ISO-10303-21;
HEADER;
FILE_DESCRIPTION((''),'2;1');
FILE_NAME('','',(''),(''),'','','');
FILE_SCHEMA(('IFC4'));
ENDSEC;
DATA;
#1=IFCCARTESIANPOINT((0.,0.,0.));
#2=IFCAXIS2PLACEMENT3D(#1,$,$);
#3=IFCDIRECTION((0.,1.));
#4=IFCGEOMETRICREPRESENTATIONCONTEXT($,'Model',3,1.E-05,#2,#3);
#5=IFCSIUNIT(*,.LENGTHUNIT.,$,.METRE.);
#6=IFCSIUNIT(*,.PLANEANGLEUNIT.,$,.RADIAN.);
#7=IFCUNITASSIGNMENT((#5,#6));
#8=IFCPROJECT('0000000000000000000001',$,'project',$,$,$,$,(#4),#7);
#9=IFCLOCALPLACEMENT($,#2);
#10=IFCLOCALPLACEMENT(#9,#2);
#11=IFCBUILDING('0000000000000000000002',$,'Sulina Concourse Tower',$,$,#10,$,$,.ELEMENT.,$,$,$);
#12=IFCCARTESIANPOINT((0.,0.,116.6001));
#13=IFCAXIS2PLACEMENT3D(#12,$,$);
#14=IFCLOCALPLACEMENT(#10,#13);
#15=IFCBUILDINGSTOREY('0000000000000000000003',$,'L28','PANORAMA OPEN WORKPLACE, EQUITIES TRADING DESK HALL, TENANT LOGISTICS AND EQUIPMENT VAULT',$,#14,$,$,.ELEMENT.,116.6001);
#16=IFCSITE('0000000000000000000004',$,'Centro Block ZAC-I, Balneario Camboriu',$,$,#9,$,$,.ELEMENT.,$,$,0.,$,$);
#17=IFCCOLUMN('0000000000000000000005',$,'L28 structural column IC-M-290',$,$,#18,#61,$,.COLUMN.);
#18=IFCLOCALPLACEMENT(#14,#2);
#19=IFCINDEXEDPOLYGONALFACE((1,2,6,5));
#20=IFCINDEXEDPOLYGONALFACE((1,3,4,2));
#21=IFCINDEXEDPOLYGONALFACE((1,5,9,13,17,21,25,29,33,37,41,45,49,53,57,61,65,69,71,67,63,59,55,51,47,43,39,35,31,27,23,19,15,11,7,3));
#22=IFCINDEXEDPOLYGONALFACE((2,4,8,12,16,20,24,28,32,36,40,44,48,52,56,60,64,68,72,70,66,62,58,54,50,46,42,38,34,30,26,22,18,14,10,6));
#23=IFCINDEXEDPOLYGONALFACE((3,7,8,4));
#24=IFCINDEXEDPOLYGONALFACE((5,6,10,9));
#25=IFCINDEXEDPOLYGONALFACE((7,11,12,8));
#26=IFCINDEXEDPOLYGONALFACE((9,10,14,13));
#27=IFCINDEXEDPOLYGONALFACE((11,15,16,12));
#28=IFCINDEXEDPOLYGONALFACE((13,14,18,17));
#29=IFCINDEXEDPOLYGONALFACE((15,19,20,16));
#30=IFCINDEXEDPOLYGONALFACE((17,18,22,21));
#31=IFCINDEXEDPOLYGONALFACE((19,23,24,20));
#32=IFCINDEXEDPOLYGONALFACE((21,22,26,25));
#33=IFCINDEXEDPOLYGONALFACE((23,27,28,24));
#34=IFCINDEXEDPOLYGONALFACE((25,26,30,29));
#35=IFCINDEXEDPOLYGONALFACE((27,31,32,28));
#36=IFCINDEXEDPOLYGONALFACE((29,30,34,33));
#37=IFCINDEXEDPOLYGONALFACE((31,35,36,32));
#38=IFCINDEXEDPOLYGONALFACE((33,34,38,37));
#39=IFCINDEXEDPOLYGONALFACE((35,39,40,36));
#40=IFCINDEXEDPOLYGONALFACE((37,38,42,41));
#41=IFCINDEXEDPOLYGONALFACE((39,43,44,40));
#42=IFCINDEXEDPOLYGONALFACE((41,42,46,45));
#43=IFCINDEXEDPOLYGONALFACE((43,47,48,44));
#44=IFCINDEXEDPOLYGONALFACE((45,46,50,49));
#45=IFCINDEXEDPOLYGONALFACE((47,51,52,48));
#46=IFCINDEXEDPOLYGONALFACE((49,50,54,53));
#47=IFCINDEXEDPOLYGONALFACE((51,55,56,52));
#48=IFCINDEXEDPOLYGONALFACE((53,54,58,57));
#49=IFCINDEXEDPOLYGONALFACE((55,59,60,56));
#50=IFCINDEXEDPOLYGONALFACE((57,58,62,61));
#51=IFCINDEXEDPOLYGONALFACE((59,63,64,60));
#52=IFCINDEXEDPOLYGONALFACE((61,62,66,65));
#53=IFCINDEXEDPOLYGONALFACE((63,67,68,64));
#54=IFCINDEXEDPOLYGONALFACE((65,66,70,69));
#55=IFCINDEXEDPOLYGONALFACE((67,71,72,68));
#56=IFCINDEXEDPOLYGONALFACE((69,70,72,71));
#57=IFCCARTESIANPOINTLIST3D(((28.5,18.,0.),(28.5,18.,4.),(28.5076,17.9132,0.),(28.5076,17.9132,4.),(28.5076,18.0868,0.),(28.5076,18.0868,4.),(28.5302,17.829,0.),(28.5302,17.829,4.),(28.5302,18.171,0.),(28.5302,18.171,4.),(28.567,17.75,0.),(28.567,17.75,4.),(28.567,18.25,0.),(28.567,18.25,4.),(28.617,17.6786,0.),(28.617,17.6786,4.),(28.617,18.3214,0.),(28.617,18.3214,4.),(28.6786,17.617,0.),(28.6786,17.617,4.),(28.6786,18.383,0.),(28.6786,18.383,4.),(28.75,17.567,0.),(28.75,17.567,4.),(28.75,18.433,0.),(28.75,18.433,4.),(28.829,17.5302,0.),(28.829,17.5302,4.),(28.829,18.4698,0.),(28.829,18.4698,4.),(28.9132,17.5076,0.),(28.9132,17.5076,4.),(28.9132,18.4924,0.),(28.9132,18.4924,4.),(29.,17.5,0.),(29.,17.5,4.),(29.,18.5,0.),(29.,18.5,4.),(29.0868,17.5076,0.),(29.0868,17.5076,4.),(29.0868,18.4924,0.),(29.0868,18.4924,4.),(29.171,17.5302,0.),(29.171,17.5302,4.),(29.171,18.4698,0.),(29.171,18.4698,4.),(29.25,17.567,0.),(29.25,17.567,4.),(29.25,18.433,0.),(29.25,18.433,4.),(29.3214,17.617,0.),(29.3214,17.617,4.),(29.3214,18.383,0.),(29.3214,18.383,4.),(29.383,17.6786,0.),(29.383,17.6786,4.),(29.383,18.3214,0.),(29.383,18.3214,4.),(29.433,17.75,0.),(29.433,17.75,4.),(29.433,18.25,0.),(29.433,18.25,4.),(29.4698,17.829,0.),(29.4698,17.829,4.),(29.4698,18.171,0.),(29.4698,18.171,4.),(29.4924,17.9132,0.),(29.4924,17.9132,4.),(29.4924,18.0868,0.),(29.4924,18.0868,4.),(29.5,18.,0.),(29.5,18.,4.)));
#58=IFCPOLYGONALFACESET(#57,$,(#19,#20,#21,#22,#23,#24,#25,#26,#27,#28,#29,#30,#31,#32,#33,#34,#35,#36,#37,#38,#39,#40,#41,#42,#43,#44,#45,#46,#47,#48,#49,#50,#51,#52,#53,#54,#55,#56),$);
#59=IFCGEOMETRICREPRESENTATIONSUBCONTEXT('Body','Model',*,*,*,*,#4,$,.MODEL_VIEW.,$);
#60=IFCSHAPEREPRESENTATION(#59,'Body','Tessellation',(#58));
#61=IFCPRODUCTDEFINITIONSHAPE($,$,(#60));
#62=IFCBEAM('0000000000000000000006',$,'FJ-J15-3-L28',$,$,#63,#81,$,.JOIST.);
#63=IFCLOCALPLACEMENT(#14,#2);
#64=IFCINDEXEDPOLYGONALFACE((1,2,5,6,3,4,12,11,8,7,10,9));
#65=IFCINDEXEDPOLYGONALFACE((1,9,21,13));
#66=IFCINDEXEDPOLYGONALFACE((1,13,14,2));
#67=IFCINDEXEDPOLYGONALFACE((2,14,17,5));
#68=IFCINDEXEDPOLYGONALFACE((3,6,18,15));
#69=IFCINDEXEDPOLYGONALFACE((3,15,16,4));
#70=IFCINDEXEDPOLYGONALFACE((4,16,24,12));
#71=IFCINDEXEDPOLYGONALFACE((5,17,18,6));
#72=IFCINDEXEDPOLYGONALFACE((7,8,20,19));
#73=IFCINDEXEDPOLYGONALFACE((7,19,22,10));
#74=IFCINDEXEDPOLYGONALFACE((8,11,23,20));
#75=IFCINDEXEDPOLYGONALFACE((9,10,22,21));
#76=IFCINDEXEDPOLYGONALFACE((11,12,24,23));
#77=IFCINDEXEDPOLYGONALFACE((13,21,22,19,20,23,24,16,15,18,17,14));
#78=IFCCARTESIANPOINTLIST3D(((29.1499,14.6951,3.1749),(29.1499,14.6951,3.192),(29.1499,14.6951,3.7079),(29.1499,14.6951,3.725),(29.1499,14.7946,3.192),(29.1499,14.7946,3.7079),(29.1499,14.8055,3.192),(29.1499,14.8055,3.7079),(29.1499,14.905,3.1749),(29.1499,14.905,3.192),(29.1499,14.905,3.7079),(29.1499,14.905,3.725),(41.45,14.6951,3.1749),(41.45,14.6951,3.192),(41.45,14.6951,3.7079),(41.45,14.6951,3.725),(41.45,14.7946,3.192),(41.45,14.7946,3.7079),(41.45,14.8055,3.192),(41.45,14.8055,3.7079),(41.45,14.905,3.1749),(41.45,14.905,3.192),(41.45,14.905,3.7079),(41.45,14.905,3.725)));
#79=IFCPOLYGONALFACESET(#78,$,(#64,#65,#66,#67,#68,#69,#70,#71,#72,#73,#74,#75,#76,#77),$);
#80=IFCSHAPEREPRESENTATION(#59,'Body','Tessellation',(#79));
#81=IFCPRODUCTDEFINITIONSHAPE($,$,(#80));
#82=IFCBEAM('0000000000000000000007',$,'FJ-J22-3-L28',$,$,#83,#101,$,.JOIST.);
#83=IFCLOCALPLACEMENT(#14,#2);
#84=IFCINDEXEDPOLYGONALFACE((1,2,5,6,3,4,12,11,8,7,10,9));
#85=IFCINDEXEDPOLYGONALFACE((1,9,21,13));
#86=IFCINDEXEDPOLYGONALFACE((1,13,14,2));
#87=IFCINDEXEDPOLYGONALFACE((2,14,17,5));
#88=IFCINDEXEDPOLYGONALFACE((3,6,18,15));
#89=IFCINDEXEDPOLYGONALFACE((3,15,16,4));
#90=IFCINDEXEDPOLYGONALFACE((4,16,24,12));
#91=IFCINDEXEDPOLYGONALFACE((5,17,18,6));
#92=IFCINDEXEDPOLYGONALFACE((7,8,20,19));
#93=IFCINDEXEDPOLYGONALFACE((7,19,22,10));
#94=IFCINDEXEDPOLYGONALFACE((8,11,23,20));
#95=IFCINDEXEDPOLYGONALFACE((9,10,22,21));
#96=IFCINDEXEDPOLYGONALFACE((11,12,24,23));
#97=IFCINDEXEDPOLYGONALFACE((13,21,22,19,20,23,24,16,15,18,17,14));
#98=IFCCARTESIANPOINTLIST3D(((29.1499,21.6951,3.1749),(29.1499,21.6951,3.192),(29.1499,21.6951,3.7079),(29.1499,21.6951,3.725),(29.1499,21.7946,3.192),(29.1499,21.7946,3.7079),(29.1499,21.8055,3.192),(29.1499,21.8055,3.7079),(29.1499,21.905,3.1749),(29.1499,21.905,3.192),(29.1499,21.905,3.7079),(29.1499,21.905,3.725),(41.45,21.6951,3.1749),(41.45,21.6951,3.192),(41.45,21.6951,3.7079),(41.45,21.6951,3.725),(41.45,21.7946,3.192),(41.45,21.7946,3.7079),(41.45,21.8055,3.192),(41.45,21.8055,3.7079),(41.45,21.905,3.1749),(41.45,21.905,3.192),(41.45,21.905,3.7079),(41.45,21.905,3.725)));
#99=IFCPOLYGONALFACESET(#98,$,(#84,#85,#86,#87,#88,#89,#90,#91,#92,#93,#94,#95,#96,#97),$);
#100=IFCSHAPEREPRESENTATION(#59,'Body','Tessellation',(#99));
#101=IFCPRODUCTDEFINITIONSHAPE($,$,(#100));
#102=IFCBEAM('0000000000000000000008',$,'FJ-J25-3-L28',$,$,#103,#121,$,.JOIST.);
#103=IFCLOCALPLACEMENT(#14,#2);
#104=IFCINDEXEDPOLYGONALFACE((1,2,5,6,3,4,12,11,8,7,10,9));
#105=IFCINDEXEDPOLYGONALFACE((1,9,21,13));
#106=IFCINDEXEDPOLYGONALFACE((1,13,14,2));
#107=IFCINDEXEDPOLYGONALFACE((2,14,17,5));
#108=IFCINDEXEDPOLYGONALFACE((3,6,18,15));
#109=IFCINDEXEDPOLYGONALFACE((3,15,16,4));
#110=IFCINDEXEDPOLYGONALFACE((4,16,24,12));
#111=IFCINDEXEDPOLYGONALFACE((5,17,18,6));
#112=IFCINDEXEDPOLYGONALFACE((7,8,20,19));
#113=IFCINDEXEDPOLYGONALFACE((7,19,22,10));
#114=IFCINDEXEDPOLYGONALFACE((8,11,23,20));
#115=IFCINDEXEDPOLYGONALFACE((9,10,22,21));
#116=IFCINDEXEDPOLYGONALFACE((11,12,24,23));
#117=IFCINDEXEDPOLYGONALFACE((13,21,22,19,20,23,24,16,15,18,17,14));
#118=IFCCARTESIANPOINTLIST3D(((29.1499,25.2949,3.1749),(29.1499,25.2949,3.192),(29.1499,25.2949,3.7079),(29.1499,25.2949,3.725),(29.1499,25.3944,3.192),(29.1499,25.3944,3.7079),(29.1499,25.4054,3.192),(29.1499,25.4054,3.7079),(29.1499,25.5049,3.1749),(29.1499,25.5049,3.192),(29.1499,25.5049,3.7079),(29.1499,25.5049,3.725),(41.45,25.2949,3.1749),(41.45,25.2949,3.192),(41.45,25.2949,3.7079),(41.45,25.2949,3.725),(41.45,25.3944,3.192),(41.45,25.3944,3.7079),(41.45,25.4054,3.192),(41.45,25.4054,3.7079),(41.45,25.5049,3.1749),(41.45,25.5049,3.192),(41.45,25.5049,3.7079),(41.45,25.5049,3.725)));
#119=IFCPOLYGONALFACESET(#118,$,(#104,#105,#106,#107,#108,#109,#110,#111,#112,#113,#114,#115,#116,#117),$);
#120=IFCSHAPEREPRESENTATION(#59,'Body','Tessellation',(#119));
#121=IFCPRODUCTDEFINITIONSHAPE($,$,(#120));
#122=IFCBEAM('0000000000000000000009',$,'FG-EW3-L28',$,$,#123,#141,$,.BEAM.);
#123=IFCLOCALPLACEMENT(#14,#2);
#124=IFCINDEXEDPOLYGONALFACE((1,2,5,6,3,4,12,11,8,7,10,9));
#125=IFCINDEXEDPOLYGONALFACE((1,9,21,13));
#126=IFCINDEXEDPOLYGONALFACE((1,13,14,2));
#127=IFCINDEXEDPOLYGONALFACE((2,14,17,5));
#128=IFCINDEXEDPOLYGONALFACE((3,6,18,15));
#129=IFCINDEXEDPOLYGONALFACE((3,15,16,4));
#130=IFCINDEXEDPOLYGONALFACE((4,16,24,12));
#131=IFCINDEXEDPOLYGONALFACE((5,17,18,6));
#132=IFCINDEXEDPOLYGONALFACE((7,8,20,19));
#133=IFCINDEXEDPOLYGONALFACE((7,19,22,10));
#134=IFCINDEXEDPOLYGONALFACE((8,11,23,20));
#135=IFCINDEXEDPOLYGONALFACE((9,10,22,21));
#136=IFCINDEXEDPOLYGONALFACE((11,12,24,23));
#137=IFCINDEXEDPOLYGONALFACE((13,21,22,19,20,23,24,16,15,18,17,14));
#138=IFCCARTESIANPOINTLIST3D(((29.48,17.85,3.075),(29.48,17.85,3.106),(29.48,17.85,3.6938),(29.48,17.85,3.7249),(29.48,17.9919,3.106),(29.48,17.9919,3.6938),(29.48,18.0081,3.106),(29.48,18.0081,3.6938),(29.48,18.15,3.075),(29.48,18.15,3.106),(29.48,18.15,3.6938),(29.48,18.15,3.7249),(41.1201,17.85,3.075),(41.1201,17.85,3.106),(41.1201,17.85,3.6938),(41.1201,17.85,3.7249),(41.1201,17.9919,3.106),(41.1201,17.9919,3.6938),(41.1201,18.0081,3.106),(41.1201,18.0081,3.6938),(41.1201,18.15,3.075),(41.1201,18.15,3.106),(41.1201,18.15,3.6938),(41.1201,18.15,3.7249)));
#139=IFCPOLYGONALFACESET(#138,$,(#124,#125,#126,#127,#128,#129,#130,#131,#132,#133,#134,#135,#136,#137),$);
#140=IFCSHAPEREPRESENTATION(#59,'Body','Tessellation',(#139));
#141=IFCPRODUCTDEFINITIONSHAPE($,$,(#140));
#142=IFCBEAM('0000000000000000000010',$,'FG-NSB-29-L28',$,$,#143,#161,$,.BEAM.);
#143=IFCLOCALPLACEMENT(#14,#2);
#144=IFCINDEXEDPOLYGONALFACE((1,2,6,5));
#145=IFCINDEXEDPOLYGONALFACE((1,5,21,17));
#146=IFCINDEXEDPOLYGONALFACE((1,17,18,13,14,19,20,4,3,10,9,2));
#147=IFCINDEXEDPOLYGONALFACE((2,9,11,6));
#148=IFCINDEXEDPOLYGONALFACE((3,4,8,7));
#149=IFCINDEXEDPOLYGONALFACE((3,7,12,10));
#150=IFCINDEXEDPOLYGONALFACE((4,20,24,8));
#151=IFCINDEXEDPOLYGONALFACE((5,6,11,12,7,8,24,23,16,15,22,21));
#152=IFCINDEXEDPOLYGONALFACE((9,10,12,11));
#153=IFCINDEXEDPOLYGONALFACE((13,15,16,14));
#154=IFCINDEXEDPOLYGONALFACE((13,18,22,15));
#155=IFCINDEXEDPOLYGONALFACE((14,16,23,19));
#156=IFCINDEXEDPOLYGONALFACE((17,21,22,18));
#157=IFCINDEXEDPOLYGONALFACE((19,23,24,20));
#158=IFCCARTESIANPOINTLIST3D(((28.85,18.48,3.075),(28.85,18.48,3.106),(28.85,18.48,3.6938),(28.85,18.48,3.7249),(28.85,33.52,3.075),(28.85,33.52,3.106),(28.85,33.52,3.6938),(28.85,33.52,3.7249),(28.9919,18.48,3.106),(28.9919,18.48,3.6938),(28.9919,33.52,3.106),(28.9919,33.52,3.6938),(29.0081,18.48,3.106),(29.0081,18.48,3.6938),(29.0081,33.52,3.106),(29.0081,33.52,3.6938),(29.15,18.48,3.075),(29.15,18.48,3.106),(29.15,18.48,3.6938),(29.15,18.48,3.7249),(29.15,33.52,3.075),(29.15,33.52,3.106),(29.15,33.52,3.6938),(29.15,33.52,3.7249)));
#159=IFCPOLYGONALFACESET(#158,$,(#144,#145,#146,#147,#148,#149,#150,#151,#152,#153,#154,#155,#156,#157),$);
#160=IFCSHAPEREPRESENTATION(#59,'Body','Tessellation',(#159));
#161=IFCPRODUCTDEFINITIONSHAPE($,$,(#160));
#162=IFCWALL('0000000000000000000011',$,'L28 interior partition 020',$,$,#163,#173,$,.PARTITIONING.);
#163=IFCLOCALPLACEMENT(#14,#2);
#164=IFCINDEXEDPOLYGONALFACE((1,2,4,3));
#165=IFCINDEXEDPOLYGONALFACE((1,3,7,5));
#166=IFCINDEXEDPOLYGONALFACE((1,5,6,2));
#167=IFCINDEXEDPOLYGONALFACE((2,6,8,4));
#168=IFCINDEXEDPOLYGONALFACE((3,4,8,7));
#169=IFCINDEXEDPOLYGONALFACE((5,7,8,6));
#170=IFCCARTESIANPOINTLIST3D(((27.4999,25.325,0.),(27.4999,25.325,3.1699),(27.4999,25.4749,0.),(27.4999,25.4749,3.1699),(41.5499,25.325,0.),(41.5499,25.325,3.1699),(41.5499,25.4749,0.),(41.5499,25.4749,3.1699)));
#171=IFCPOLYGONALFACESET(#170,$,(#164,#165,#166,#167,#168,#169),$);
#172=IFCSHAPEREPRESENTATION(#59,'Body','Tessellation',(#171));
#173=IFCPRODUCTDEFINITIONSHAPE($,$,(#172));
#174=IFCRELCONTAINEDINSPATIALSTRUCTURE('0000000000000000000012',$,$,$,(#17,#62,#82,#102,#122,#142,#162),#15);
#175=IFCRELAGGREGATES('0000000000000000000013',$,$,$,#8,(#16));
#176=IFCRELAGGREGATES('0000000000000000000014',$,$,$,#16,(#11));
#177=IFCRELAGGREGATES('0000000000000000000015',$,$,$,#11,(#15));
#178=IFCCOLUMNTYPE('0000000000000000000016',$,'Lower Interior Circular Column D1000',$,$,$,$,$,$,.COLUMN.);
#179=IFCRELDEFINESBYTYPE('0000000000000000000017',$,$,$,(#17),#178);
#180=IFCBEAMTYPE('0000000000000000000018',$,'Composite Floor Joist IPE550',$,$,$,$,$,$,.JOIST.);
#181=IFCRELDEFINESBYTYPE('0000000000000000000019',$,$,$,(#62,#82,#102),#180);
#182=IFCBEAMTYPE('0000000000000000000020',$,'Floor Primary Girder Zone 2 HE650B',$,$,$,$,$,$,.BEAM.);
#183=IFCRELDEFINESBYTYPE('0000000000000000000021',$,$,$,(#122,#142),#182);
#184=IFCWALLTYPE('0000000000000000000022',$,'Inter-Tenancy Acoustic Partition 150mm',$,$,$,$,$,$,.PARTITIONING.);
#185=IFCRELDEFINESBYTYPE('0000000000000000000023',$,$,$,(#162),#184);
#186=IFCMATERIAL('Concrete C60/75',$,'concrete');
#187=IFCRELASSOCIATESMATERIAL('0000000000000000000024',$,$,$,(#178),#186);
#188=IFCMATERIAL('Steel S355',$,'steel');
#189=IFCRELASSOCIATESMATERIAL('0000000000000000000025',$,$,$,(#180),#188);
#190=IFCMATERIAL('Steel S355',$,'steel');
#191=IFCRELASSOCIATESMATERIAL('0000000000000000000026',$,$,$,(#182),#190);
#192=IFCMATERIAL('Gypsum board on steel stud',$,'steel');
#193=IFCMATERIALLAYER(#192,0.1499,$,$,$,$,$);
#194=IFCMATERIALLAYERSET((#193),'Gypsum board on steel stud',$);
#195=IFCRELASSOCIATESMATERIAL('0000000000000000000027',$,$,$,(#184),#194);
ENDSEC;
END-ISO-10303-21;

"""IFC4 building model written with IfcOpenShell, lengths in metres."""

from ifc_helpers import new_model, si_unit, direction, frame, frame_2d, origin, origin_2d, place, context, subcontext, project, spatial, rectangle, circle, i_section, extrude, material, layer, layer_set, material_profile, profile_set, type_object, element, save


model = new_model("IFC4")

# Units and contexts
model_context = context("Model", 3, precision=1e-05, world=origin(), true_north=direction((0.0, 1.0)))
body_context = subcontext(model_context, "Body", "Model", "MODEL_VIEW")
ifc_project = project(units=[si_unit("LENGTHUNIT", "METRE"), si_unit("PLANEANGLEUNIT", "RADIAN")], contexts=[model_context])

# Site, building, storey
site_placement = place(None, origin())
site = spatial("IfcSite", under=ifc_project, at=site_placement, Name="Centro Block ZAC-I, Balneario Camboriu", CompositionType="ELEMENT", RefElevation=0.0)
building_placement = place(site_placement, origin())
building = spatial("IfcBuilding", under=site, at=building_placement, Name="Sulina Concourse Tower", CompositionType="ELEMENT")
storey_placement = place(building_placement, frame((0.0, 0.0, 116.6001)))
storey = spatial("IfcBuildingStorey", under=building, at=storey_placement, Name="L28", Description="PANORAMA OPEN WORKPLACE, EQUITIES TRADING DESK HALL, TENANT LOGISTICS AND EQUIPMENT VAULT", CompositionType="ELEMENT", Elevation=116.6001)

# Column
ifc_material_1 = material(Name="Concrete C60/75", Category="concrete")
ifc_material_profile_1 = material_profile(ifc_material_1, circle(Radius=0.5, at=origin_2d()), Name="RC D1000")
ifc_profile_set_1 = profile_set([ifc_material_profile_1], Name="Concrete C60/75")
column_type = type_object("IfcColumnType", Name="Lower Interior Circular Column D1000", PredefinedType="COLUMN", material=ifc_profile_set_1)
column_placement = place(storey_placement, frame((29.0, 18.0, 0.0), z_axis=(0.0, 0.0, 1.0), x_axis=(1.0, 0.0, 0.0)))
element("IfcColumn", 1, at=column_placement, inside=storey, type_object=column_type, Name="L28 structural column IC-M-290", PredefinedType="COLUMN", context=body_context, shape_type="SweptSolid", body=[
    extrude(circle(Radius=0.5, at=origin_2d()), origin(), (0.0, 0.0, 1.0), 4.0),
])

# Beams
ifc_material_2 = material(Name="Steel S355", Category="steel")
ifc_material_profile_2 = material_profile(ifc_material_2, i_section(OverallWidth=0.21, OverallDepth=0.55, WebThickness=0.011, FlangeThickness=0.0171, at=origin_2d()), Name="IPE 550")
ifc_profile_set_2 = profile_set([ifc_material_profile_2], Name="Steel S355")
beam_type_1 = type_object("IfcBeamType", Name="Composite Floor Joist IPE550", PredefinedType="JOIST", material=ifc_profile_set_2)
for number, where, z_axis, x_axis, name in (
    (2, (29.1499, 14.8, 3.45), (1.0, 0.0, 0.0), (0.0, 1.0, 0.0), "FJ-J15-3-L28"),
    (3, (29.1499, 21.8, 3.45), (1.0, 0.0, 0.0), (0.0, 1.0, 0.0), "FJ-J22-3-L28"),
    (4, (29.1499, 25.3999, 3.45), (1.0, 0.0, 0.0), (0.0, 1.0, 0.0), "FJ-J25-3-L28"),
):
    element("IfcBeam", number, at=place(storey_placement, frame(where, z_axis=z_axis, x_axis=x_axis)), inside=storey, type_object=beam_type_1, Name=name, PredefinedType="JOIST", context=body_context, shape_type="SweptSolid", body=[
        extrude(i_section(OverallWidth=0.21, OverallDepth=0.55, WebThickness=0.011, FlangeThickness=0.0171, at=origin_2d()), origin(), (0.0, 0.0, 1.0), 12.3),
    ])
ifc_material_3 = material(Name="Steel S355", Category="steel")
ifc_material_profile_3 = material_profile(ifc_material_3, i_section(OverallWidth=0.3, OverallDepth=0.6499, WebThickness=0.0161, FlangeThickness=0.031, at=origin_2d()), Name="HE 650 B")
ifc_profile_set_3 = profile_set([ifc_material_profile_3], Name="Steel S355")
beam_type_2 = type_object("IfcBeamType", Name="Floor Primary Girder Zone 2 HE650B", PredefinedType="BEAM", material=ifc_profile_set_3)
beam_1_placement = place(storey_placement, frame((29.48, 18.0, 3.3999), z_axis=(1.0, 0.0, 0.0), x_axis=(0.0, 1.0, 0.0)))
element("IfcBeam", 5, at=beam_1_placement, inside=storey, type_object=beam_type_2, Name="FG-EW3-L28", PredefinedType="BEAM", context=body_context, shape_type="SweptSolid", body=[
    extrude(i_section(OverallWidth=0.3, OverallDepth=0.6499, WebThickness=0.0161, FlangeThickness=0.031, at=origin_2d()), origin(), (0.0, 0.0, 1.0), 11.6401),
])
beam_2_placement = place(storey_placement, frame((29.0, 18.48, 3.3999), z_axis=(0.0, 1.0, 0.0), x_axis=(-1.0, 0.0, 0.0)))
element("IfcBeam", 6, at=beam_2_placement, inside=storey, type_object=beam_type_2, Name="FG-NSB-29-L28", PredefinedType="BEAM", context=body_context, shape_type="SweptSolid", body=[
    extrude(i_section(OverallWidth=0.3, OverallDepth=0.6499, WebThickness=0.0161, FlangeThickness=0.031, at=origin_2d()), origin(), (0.0, 0.0, 1.0), 15.04),
])

# Wall
ifc_material_4 = material(Name="Gypsum board on steel stud", Category="steel")
ifc_layer_1 = layer(ifc_material_4, 0.1499)
ifc_layer_set_1 = layer_set([ifc_layer_1], Name="Gypsum board on steel stud")
wall_type_1 = type_object("IfcWallType", Name="Inter-Tenancy Acoustic Partition 150mm", PredefinedType="PARTITIONING", material=ifc_layer_set_1)
wall_1_placement = place(storey_placement, frame((27.5, 25.3999, 0.0), z_axis=(0.0, 0.0, 1.0), x_axis=(1.0, 0.0, 0.0)))
element("IfcWall", 7, at=wall_1_placement, inside=storey, type_object=wall_type_1, Name="L28 interior partition 020", PredefinedType="PARTITIONING", context=body_context, shape_type="SweptSolid", body=[
    extrude(rectangle(XDim=14.05, YDim=0.1499, at=frame_2d((7.0249, 0.0))), origin(), (0.0, 0.0, 1.0), 3.1699),
])

save(model, "model.ifc")
